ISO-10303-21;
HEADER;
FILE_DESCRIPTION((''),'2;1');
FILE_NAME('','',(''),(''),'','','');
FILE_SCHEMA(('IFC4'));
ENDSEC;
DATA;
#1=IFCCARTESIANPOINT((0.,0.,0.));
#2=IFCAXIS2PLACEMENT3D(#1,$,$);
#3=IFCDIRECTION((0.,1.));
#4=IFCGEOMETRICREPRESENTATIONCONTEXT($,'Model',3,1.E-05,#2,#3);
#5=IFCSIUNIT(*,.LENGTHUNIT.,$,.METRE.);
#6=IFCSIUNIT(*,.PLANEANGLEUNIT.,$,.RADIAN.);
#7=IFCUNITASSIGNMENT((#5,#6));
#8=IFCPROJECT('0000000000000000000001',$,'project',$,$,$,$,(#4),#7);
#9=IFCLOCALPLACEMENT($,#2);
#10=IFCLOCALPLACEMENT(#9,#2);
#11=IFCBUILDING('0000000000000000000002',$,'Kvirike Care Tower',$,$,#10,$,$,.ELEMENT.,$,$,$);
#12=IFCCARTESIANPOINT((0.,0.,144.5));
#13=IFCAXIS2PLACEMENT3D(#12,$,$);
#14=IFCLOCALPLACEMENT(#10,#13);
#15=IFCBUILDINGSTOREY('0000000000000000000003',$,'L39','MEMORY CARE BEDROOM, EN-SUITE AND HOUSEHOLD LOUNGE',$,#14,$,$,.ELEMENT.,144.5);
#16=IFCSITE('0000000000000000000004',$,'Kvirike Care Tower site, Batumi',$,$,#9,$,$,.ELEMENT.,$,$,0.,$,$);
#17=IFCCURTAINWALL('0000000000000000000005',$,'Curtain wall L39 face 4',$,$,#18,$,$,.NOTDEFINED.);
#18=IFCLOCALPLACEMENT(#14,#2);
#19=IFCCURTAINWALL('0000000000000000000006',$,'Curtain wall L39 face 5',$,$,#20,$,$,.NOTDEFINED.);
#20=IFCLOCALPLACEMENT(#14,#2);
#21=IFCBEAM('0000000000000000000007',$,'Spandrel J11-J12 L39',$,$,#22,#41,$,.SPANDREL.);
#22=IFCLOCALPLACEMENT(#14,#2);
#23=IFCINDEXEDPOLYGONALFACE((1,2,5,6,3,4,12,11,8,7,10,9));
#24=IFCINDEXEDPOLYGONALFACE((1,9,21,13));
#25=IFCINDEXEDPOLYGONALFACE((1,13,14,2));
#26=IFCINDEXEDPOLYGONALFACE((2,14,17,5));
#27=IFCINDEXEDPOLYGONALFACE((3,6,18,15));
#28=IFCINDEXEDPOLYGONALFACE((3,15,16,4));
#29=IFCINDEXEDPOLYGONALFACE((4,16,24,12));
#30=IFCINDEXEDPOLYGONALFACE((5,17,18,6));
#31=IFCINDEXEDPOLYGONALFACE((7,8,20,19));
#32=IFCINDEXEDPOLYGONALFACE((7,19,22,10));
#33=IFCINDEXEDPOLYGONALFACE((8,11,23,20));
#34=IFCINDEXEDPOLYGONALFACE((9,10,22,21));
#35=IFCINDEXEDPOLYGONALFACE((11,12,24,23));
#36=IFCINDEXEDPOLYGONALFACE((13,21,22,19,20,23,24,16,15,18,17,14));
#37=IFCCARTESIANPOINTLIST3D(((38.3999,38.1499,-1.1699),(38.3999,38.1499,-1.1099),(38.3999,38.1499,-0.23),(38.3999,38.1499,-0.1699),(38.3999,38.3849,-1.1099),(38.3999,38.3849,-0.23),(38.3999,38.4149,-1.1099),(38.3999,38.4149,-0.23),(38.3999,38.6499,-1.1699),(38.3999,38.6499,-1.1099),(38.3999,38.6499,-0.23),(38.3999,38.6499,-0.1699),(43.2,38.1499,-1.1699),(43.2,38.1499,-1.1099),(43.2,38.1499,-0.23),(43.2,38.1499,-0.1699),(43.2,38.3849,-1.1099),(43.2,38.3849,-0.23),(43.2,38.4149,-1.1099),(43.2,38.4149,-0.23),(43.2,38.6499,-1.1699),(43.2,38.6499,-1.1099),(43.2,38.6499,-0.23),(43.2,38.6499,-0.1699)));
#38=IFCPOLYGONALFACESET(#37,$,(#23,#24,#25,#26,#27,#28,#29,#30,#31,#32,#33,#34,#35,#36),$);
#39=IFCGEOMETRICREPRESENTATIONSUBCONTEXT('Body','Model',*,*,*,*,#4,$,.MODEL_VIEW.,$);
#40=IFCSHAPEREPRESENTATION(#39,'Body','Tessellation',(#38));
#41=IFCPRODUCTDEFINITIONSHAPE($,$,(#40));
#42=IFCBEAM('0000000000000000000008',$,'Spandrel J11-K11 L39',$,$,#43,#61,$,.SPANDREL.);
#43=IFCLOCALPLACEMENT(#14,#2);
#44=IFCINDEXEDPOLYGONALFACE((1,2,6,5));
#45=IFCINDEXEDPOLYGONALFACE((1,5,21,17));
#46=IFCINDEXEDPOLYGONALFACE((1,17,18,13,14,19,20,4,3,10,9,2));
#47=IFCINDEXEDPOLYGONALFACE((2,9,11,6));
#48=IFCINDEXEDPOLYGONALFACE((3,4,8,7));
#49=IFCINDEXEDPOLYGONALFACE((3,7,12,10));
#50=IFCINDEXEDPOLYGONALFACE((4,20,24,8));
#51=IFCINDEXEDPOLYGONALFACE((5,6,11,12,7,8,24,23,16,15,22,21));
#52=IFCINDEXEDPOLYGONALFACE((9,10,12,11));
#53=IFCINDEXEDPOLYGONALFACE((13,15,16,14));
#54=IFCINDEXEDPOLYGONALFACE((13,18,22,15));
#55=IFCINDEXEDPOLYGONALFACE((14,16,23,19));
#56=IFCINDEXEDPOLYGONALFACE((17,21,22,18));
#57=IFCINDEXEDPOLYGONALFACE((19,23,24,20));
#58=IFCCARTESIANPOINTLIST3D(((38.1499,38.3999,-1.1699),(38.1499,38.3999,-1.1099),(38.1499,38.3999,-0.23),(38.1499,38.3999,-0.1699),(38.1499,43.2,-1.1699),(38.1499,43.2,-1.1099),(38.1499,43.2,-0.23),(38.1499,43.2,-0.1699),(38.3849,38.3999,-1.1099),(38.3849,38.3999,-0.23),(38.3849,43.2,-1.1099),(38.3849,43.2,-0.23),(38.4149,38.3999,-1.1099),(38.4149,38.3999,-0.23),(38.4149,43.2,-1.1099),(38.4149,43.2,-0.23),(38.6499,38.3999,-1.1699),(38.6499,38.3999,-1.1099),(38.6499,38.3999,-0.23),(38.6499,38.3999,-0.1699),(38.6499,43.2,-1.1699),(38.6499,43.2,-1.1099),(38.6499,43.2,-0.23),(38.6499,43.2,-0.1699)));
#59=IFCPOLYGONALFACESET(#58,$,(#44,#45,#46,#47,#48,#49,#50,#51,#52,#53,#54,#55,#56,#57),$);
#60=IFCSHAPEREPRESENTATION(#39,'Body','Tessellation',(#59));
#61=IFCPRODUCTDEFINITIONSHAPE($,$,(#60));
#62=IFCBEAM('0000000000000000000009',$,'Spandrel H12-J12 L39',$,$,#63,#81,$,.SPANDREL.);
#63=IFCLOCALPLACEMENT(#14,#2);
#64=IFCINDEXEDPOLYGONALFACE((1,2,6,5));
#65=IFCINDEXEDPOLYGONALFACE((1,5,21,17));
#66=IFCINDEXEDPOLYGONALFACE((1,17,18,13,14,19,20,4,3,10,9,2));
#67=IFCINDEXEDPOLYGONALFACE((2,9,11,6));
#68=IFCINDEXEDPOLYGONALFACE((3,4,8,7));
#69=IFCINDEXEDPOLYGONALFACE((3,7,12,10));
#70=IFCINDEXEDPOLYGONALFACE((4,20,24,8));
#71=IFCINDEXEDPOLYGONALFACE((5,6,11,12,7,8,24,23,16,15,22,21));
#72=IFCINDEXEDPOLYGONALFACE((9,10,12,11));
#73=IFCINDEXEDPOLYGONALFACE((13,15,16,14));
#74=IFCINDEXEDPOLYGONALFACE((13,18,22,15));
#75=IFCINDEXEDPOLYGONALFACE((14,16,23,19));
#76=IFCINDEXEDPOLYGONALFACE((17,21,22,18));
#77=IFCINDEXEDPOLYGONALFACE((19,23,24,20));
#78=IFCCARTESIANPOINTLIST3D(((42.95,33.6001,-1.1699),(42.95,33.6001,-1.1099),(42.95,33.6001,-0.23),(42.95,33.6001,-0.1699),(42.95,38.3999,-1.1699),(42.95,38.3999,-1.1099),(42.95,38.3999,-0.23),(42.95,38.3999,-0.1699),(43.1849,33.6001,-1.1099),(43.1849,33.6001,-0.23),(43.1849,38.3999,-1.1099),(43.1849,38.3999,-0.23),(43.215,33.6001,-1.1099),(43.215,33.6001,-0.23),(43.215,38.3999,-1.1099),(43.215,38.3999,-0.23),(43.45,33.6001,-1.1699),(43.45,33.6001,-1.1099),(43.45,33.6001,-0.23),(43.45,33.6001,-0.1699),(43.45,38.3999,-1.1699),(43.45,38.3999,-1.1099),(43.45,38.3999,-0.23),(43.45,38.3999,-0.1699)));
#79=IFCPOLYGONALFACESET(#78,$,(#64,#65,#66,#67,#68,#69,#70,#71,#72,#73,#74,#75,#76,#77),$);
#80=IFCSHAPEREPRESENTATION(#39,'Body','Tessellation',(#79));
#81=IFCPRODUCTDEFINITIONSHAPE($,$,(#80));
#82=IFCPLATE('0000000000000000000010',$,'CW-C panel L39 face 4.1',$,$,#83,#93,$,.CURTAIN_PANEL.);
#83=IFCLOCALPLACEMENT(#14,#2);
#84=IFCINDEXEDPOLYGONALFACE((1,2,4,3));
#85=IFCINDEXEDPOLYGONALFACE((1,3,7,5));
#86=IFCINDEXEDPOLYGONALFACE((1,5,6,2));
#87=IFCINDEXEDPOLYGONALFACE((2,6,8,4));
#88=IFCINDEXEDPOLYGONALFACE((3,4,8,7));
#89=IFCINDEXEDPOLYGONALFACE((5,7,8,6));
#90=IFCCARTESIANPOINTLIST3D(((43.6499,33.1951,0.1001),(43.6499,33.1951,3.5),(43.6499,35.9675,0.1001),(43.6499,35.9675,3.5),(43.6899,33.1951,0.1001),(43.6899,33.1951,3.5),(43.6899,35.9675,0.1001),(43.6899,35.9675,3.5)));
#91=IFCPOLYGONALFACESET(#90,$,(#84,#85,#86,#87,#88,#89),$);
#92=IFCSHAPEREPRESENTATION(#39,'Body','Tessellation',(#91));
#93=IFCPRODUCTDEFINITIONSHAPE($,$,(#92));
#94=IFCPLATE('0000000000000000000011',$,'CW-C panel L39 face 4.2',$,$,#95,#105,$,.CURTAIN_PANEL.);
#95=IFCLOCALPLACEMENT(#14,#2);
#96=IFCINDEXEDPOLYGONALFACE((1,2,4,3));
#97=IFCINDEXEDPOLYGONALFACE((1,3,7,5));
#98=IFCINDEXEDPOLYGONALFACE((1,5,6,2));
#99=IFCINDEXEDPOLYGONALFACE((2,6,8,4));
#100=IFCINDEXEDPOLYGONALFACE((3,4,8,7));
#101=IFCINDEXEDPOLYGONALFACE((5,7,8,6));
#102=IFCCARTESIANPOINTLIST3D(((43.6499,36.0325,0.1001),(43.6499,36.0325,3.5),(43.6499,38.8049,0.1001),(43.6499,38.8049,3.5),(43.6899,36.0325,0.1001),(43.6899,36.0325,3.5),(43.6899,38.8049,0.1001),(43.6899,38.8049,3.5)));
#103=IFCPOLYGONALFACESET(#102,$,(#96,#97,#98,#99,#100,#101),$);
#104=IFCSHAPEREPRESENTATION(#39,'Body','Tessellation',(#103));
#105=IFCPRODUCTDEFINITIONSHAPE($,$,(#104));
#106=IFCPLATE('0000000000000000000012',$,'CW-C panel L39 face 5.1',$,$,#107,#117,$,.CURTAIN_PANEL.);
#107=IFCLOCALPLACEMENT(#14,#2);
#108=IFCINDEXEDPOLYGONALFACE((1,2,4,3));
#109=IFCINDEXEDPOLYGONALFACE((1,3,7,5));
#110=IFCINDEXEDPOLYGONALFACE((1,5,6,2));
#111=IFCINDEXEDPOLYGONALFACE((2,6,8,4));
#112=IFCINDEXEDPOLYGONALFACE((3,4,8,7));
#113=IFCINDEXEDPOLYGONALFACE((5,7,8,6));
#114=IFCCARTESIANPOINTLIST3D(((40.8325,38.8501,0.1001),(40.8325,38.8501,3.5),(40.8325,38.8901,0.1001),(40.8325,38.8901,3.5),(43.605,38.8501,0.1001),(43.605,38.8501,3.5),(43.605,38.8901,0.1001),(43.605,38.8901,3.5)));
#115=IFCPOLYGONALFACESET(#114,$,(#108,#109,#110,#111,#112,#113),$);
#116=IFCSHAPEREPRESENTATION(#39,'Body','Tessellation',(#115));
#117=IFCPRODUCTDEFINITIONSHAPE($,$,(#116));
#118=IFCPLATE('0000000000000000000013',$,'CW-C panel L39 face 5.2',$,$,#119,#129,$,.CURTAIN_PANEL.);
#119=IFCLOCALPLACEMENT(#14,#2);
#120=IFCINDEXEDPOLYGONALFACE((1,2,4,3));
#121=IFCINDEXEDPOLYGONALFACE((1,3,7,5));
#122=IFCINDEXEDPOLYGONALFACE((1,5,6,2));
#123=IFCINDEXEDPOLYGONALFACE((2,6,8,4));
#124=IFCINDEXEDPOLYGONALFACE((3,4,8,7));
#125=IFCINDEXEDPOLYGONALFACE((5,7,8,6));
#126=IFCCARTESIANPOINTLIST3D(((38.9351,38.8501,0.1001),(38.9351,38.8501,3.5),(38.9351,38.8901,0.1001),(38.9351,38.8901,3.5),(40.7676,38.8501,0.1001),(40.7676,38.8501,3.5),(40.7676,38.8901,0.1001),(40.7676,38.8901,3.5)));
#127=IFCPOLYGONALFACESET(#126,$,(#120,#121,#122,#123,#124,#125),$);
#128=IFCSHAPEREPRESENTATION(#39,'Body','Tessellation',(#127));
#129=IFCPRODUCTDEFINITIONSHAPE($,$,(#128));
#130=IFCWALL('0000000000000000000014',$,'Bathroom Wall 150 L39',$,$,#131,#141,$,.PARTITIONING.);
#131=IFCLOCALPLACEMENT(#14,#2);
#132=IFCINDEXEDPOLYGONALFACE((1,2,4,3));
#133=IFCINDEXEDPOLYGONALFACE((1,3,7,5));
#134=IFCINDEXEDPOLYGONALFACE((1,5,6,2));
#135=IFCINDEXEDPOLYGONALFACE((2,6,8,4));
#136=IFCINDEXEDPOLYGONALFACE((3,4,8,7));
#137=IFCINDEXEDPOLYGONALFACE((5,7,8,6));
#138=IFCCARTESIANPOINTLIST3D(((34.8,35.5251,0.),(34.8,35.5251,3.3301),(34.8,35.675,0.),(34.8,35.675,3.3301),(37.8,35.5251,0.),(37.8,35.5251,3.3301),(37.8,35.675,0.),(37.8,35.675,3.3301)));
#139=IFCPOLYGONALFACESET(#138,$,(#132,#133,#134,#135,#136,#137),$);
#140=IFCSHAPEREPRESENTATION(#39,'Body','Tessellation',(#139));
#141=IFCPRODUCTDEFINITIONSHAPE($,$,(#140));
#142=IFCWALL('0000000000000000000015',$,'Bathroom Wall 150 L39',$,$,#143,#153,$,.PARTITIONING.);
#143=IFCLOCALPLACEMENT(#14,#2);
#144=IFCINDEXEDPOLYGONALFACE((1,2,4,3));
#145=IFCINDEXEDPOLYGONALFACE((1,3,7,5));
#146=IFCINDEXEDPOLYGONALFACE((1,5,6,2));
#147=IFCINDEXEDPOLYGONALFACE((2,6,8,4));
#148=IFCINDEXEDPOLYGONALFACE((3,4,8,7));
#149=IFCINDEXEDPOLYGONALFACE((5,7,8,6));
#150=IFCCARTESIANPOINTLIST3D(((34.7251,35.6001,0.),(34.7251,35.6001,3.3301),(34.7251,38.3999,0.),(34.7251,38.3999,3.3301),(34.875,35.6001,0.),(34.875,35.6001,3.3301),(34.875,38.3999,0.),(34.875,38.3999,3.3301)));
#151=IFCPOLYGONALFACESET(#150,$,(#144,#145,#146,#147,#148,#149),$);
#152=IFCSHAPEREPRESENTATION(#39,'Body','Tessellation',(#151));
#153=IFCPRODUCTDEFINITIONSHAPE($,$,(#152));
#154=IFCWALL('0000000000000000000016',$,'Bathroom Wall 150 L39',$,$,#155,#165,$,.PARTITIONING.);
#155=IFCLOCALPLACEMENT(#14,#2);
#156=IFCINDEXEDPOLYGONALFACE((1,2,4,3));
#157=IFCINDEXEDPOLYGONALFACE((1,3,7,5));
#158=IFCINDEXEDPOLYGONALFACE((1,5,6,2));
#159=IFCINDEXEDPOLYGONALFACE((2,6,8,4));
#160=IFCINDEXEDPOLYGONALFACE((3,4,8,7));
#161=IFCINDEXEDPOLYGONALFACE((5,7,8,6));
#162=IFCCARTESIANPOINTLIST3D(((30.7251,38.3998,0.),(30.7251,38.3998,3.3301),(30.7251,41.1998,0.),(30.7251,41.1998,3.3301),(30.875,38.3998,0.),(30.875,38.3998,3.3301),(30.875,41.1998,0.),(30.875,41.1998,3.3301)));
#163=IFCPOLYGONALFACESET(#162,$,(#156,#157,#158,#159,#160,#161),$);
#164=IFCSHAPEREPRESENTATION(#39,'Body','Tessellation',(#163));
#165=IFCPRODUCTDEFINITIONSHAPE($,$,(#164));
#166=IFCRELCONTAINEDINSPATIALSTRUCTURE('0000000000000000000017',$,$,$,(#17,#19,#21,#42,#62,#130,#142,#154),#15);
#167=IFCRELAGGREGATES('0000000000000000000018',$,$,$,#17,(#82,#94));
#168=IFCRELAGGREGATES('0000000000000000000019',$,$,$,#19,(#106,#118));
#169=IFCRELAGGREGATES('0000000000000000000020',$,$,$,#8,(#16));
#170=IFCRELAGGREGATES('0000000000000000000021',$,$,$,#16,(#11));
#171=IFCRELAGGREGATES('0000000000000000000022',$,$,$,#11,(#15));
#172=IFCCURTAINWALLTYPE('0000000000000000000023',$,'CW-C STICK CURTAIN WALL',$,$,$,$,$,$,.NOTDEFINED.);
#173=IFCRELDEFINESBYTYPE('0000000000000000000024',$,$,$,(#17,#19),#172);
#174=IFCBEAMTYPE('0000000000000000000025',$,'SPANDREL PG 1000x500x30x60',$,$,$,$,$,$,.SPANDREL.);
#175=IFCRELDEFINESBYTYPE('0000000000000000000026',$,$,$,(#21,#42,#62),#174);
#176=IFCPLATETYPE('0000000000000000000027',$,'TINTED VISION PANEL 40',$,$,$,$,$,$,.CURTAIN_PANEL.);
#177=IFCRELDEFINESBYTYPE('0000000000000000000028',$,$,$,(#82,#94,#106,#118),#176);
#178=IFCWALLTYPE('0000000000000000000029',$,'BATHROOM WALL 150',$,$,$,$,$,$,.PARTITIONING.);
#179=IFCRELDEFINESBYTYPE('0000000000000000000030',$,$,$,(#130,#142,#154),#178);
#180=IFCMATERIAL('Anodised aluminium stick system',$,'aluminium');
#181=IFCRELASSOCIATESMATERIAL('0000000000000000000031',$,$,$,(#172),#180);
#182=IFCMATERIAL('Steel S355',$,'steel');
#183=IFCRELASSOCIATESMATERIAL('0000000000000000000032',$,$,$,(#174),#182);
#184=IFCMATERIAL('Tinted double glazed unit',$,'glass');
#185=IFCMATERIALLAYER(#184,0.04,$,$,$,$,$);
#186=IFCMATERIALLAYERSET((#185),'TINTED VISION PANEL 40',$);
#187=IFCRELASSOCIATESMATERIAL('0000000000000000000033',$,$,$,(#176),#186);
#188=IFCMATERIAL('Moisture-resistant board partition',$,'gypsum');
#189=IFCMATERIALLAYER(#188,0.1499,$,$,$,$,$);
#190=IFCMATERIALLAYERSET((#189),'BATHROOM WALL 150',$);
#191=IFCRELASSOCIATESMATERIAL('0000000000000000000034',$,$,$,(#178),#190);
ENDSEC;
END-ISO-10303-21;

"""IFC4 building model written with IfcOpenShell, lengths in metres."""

from ifc_helpers import new_model, si_unit, direction, frame, frame_2d, origin, origin_2d, place, context, subcontext, project, spatial, rectangle, i_section, extrude, material, layer, layer_set, material_profile, profile_set, type_object, element, aggregate, save


model = new_model("IFC4")

# Units and contexts
model_context = context("Model", 3, precision=1e-05, world=origin(), true_north=direction((0.0, 1.0)))
body_context = subcontext(model_context, "Body", "Model", "MODEL_VIEW")
ifc_project = project(units=[si_unit("LENGTHUNIT", "METRE"), si_unit("PLANEANGLEUNIT", "RADIAN")], contexts=[model_context])

# Site, building, storey
site_placement = place(None, origin())
site = spatial("IfcSite", under=ifc_project, at=site_placement, Name="Kvirike Care Tower site, Batumi", CompositionType="ELEMENT", RefElevation=0.0)
building_placement = place(site_placement, origin())
building = spatial("IfcBuilding", under=site, at=building_placement, Name="Kvirike Care Tower", CompositionType="ELEMENT")
storey_placement = place(building_placement, frame((0.0, 0.0, 144.5)))
storey = spatial("IfcBuildingStorey", under=building, at=storey_placement, Name="L39", Description="MEMORY CARE BEDROOM, EN-SUITE AND HOUSEHOLD LOUNGE", CompositionType="ELEMENT", Elevation=144.5)

# Curtain walls
ifc_material_1 = material(Name="Anodised aluminium stick system", Category="aluminium")
curtain_wall_type = type_object("IfcCurtainWallType", Name="CW-C STICK CURTAIN WALL", PredefinedType="NOTDEFINED", material=ifc_material_1)
curtain_wall_1_placement = place(storey_placement, origin())
curtain_wall_1 = element("IfcCurtainWall", 1, at=curtain_wall_1_placement, inside=storey, type_object=curtain_wall_type, Name="Curtain wall L39 face 4", PredefinedType="NOTDEFINED")
curtain_wall_2_placement = place(storey_placement, origin())
curtain_wall_2 = element("IfcCurtainWall", 2, at=curtain_wall_2_placement, inside=storey, type_object=curtain_wall_type, Name="Curtain wall L39 face 5", PredefinedType="NOTDEFINED")

# Beams
ifc_material_2 = material(Name="Steel S355", Category="steel")
ifc_material_profile_1 = material_profile(ifc_material_2, i_section(OverallWidth=0.5, OverallDepth=1.0, WebThickness=0.03, FlangeThickness=0.0601, at=origin_2d()), Name="PG 1000x500x30x60")
ifc_profile_set_1 = profile_set([ifc_material_profile_1], Name="Steel S355")
beam_type = type_object("IfcBeamType", Name="SPANDREL PG 1000x500x30x60", PredefinedType="SPANDREL", material=ifc_profile_set_1)
for number, where, z_axis, x_axis, name in (
    (3, (38.3999, 38.3999, -0.6699), (1.0, 0.0, 0.0), (0.0, 1.0, 0.0), "Spandrel J11-J12 L39"),
    (4, (38.3999, 38.3999, -0.6699), (0.0, 1.0, 0.0), (-1.0, 0.0, 0.0), "Spandrel J11-K11 L39"),
):
    element("IfcBeam", number, at=place(storey_placement, frame(where, z_axis=z_axis, x_axis=x_axis)), inside=storey, type_object=beam_type, Name=name, PredefinedType="SPANDREL", context=body_context, shape_type="SweptSolid", body=[
        extrude(i_section(OverallWidth=0.5, OverallDepth=1.0, WebThickness=0.03, FlangeThickness=0.0601, at=origin_2d()), origin(), (0.0, 0.0, 1.0), 4.8),
    ])
beam_placement = place(storey_placement, frame((43.2, 33.6001, -0.6699), z_axis=(0.0, 1.0, 0.0), x_axis=(-1.0, 0.0, 0.0)))
element("IfcBeam", 5, at=beam_placement, inside=storey, type_object=beam_type, Name="Spandrel H12-J12 L39", PredefinedType="SPANDREL", context=body_context, shape_type="SweptSolid", body=[
    extrude(i_section(OverallWidth=0.5, OverallDepth=1.0, WebThickness=0.03, FlangeThickness=0.0601, at=origin_2d()), origin(), (0.0, 0.0, 1.0), 4.7998),
])

# Plates
ifc_material_3 = material(Name="Tinted double glazed unit", Category="glass")
ifc_layer_1 = layer(ifc_material_3, 0.04)
ifc_layer_set_1 = layer_set([ifc_layer_1], Name="TINTED VISION PANEL 40")
plate_type = type_object("IfcPlateType", Name="TINTED VISION PANEL 40", PredefinedType="CURTAIN_PANEL", material=ifc_layer_set_1)
plate_1_placement = place(storey_placement, frame((43.6699, 34.5813, 0.1001), z_axis=(0.0, 0.0, 1.0), x_axis=(0.0, 1.0, 0.0)))
plate_1 = element("IfcPlate", 6, at=plate_1_placement, type_object=plate_type, Name="CW-C panel L39 face 4.1", PredefinedType="CURTAIN_PANEL", context=body_context, shape_type="SweptSolid", body=[
    extrude(rectangle(XDim=2.7725, YDim=0.04, at=origin_2d()), origin(), (0.0, 0.0, 1.0), 3.3999),
])
plate_2_placement = place(storey_placement, frame((43.6699, 37.4187, 0.1001), z_axis=(0.0, 0.0, 1.0), x_axis=(0.0, 1.0, 0.0)))
plate_2 = element("IfcPlate", 7, at=plate_2_placement, type_object=plate_type, Name="CW-C panel L39 face 4.2", PredefinedType="CURTAIN_PANEL", context=body_context, shape_type="SweptSolid", body=[
    extrude(rectangle(XDim=2.7725, YDim=0.04, at=origin_2d()), origin(), (0.0, 0.0, 1.0), 3.3999),
])
aggregate(curtain_wall_1, [plate_1, plate_2])
plate_3_placement = place(storey_placement, frame((42.2188, 38.8701, 0.1001), z_axis=(0.0, 0.0, 1.0), x_axis=(-1.0, 0.0, 0.0)))
plate_3 = element("IfcPlate", 8, at=plate_3_placement, type_object=plate_type, Name="CW-C panel L39 face 5.1", PredefinedType="CURTAIN_PANEL", context=body_context, shape_type="SweptSolid", body=[
    extrude(rectangle(XDim=2.7725, YDim=0.04, at=origin_2d()), origin(), (0.0, 0.0, 1.0), 3.3999),
])
plate_4_placement = place(storey_placement, frame((39.8513, 38.8701, 0.1001), z_axis=(0.0, 0.0, 1.0), x_axis=(-1.0, 0.0, 0.0)))
plate_4 = element("IfcPlate", 9, at=plate_4_placement, type_object=plate_type, Name="CW-C panel L39 face 5.2", PredefinedType="CURTAIN_PANEL", context=body_context, shape_type="SweptSolid", body=[
    extrude(rectangle(XDim=1.8325, YDim=0.04, at=origin_2d()), origin(), (0.0, 0.0, 1.0), 3.3999),
])
aggregate(curtain_wall_2, [plate_3, plate_4])

# Walls
ifc_material_4 = material(Name="Moisture-resistant board partition", Category="gypsum")
ifc_layer_2 = layer(ifc_material_4, 0.1499)
ifc_layer_set_2 = layer_set([ifc_layer_2], Name="BATHROOM WALL 150")
wall_type_1 = type_object("IfcWallType", Name="BATHROOM WALL 150", PredefinedType="PARTITIONING", material=ifc_layer_set_2)
wall_1_placement = place(storey_placement, frame((37.8, 35.6001, 0.0), z_axis=(0.0, 0.0, 1.0), x_axis=(-1.0, 0.0, 0.0)))
element("IfcWall", 10, at=wall_1_placement, inside=storey, type_object=wall_type_1, Name="Bathroom Wall 150 L39", PredefinedType="PARTITIONING", context=body_context, shape_type="SweptSolid", body=[
    extrude(rectangle(XDim=3.0, YDim=0.1499, at=frame_2d((1.5, 0.0))), origin(), (0.0, 0.0, 1.0), 3.3301),
])
wall_2_placement = place(storey_placement, frame((34.8, 35.6001, 0.0), z_axis=(0.0, 0.0, 1.0), x_axis=(0.0, 1.0, 0.0)))
element("IfcWall", 11, at=wall_2_placement, inside=storey, type_object=wall_type_1, Name="Bathroom Wall 150 L39", PredefinedType="PARTITIONING", context=body_context, shape_type="SweptSolid", body=[
    extrude(rectangle(XDim=2.7998, YDim=0.1499, at=frame_2d((1.3999, 0.0))), origin(), (0.0, 0.0, 1.0), 3.3301),
])
wall_3_placement = place(storey_placement, frame((30.8, 38.3999, 0.0), z_axis=(0.0, 0.0, 1.0), x_axis=(0.0, 1.0, 0.0)))
element("IfcWall", 12, at=wall_3_placement, inside=storey, type_object=wall_type_1, Name="Bathroom Wall 150 L39", PredefinedType="PARTITIONING", context=body_context, shape_type="SweptSolid", body=[
    extrude(rectangle(XDim=2.8, YDim=0.1499, at=frame_2d((1.3999, 0.0))), origin(), (0.0, 0.0, 1.0), 3.3301),
])

save(model, "model.ifc")
